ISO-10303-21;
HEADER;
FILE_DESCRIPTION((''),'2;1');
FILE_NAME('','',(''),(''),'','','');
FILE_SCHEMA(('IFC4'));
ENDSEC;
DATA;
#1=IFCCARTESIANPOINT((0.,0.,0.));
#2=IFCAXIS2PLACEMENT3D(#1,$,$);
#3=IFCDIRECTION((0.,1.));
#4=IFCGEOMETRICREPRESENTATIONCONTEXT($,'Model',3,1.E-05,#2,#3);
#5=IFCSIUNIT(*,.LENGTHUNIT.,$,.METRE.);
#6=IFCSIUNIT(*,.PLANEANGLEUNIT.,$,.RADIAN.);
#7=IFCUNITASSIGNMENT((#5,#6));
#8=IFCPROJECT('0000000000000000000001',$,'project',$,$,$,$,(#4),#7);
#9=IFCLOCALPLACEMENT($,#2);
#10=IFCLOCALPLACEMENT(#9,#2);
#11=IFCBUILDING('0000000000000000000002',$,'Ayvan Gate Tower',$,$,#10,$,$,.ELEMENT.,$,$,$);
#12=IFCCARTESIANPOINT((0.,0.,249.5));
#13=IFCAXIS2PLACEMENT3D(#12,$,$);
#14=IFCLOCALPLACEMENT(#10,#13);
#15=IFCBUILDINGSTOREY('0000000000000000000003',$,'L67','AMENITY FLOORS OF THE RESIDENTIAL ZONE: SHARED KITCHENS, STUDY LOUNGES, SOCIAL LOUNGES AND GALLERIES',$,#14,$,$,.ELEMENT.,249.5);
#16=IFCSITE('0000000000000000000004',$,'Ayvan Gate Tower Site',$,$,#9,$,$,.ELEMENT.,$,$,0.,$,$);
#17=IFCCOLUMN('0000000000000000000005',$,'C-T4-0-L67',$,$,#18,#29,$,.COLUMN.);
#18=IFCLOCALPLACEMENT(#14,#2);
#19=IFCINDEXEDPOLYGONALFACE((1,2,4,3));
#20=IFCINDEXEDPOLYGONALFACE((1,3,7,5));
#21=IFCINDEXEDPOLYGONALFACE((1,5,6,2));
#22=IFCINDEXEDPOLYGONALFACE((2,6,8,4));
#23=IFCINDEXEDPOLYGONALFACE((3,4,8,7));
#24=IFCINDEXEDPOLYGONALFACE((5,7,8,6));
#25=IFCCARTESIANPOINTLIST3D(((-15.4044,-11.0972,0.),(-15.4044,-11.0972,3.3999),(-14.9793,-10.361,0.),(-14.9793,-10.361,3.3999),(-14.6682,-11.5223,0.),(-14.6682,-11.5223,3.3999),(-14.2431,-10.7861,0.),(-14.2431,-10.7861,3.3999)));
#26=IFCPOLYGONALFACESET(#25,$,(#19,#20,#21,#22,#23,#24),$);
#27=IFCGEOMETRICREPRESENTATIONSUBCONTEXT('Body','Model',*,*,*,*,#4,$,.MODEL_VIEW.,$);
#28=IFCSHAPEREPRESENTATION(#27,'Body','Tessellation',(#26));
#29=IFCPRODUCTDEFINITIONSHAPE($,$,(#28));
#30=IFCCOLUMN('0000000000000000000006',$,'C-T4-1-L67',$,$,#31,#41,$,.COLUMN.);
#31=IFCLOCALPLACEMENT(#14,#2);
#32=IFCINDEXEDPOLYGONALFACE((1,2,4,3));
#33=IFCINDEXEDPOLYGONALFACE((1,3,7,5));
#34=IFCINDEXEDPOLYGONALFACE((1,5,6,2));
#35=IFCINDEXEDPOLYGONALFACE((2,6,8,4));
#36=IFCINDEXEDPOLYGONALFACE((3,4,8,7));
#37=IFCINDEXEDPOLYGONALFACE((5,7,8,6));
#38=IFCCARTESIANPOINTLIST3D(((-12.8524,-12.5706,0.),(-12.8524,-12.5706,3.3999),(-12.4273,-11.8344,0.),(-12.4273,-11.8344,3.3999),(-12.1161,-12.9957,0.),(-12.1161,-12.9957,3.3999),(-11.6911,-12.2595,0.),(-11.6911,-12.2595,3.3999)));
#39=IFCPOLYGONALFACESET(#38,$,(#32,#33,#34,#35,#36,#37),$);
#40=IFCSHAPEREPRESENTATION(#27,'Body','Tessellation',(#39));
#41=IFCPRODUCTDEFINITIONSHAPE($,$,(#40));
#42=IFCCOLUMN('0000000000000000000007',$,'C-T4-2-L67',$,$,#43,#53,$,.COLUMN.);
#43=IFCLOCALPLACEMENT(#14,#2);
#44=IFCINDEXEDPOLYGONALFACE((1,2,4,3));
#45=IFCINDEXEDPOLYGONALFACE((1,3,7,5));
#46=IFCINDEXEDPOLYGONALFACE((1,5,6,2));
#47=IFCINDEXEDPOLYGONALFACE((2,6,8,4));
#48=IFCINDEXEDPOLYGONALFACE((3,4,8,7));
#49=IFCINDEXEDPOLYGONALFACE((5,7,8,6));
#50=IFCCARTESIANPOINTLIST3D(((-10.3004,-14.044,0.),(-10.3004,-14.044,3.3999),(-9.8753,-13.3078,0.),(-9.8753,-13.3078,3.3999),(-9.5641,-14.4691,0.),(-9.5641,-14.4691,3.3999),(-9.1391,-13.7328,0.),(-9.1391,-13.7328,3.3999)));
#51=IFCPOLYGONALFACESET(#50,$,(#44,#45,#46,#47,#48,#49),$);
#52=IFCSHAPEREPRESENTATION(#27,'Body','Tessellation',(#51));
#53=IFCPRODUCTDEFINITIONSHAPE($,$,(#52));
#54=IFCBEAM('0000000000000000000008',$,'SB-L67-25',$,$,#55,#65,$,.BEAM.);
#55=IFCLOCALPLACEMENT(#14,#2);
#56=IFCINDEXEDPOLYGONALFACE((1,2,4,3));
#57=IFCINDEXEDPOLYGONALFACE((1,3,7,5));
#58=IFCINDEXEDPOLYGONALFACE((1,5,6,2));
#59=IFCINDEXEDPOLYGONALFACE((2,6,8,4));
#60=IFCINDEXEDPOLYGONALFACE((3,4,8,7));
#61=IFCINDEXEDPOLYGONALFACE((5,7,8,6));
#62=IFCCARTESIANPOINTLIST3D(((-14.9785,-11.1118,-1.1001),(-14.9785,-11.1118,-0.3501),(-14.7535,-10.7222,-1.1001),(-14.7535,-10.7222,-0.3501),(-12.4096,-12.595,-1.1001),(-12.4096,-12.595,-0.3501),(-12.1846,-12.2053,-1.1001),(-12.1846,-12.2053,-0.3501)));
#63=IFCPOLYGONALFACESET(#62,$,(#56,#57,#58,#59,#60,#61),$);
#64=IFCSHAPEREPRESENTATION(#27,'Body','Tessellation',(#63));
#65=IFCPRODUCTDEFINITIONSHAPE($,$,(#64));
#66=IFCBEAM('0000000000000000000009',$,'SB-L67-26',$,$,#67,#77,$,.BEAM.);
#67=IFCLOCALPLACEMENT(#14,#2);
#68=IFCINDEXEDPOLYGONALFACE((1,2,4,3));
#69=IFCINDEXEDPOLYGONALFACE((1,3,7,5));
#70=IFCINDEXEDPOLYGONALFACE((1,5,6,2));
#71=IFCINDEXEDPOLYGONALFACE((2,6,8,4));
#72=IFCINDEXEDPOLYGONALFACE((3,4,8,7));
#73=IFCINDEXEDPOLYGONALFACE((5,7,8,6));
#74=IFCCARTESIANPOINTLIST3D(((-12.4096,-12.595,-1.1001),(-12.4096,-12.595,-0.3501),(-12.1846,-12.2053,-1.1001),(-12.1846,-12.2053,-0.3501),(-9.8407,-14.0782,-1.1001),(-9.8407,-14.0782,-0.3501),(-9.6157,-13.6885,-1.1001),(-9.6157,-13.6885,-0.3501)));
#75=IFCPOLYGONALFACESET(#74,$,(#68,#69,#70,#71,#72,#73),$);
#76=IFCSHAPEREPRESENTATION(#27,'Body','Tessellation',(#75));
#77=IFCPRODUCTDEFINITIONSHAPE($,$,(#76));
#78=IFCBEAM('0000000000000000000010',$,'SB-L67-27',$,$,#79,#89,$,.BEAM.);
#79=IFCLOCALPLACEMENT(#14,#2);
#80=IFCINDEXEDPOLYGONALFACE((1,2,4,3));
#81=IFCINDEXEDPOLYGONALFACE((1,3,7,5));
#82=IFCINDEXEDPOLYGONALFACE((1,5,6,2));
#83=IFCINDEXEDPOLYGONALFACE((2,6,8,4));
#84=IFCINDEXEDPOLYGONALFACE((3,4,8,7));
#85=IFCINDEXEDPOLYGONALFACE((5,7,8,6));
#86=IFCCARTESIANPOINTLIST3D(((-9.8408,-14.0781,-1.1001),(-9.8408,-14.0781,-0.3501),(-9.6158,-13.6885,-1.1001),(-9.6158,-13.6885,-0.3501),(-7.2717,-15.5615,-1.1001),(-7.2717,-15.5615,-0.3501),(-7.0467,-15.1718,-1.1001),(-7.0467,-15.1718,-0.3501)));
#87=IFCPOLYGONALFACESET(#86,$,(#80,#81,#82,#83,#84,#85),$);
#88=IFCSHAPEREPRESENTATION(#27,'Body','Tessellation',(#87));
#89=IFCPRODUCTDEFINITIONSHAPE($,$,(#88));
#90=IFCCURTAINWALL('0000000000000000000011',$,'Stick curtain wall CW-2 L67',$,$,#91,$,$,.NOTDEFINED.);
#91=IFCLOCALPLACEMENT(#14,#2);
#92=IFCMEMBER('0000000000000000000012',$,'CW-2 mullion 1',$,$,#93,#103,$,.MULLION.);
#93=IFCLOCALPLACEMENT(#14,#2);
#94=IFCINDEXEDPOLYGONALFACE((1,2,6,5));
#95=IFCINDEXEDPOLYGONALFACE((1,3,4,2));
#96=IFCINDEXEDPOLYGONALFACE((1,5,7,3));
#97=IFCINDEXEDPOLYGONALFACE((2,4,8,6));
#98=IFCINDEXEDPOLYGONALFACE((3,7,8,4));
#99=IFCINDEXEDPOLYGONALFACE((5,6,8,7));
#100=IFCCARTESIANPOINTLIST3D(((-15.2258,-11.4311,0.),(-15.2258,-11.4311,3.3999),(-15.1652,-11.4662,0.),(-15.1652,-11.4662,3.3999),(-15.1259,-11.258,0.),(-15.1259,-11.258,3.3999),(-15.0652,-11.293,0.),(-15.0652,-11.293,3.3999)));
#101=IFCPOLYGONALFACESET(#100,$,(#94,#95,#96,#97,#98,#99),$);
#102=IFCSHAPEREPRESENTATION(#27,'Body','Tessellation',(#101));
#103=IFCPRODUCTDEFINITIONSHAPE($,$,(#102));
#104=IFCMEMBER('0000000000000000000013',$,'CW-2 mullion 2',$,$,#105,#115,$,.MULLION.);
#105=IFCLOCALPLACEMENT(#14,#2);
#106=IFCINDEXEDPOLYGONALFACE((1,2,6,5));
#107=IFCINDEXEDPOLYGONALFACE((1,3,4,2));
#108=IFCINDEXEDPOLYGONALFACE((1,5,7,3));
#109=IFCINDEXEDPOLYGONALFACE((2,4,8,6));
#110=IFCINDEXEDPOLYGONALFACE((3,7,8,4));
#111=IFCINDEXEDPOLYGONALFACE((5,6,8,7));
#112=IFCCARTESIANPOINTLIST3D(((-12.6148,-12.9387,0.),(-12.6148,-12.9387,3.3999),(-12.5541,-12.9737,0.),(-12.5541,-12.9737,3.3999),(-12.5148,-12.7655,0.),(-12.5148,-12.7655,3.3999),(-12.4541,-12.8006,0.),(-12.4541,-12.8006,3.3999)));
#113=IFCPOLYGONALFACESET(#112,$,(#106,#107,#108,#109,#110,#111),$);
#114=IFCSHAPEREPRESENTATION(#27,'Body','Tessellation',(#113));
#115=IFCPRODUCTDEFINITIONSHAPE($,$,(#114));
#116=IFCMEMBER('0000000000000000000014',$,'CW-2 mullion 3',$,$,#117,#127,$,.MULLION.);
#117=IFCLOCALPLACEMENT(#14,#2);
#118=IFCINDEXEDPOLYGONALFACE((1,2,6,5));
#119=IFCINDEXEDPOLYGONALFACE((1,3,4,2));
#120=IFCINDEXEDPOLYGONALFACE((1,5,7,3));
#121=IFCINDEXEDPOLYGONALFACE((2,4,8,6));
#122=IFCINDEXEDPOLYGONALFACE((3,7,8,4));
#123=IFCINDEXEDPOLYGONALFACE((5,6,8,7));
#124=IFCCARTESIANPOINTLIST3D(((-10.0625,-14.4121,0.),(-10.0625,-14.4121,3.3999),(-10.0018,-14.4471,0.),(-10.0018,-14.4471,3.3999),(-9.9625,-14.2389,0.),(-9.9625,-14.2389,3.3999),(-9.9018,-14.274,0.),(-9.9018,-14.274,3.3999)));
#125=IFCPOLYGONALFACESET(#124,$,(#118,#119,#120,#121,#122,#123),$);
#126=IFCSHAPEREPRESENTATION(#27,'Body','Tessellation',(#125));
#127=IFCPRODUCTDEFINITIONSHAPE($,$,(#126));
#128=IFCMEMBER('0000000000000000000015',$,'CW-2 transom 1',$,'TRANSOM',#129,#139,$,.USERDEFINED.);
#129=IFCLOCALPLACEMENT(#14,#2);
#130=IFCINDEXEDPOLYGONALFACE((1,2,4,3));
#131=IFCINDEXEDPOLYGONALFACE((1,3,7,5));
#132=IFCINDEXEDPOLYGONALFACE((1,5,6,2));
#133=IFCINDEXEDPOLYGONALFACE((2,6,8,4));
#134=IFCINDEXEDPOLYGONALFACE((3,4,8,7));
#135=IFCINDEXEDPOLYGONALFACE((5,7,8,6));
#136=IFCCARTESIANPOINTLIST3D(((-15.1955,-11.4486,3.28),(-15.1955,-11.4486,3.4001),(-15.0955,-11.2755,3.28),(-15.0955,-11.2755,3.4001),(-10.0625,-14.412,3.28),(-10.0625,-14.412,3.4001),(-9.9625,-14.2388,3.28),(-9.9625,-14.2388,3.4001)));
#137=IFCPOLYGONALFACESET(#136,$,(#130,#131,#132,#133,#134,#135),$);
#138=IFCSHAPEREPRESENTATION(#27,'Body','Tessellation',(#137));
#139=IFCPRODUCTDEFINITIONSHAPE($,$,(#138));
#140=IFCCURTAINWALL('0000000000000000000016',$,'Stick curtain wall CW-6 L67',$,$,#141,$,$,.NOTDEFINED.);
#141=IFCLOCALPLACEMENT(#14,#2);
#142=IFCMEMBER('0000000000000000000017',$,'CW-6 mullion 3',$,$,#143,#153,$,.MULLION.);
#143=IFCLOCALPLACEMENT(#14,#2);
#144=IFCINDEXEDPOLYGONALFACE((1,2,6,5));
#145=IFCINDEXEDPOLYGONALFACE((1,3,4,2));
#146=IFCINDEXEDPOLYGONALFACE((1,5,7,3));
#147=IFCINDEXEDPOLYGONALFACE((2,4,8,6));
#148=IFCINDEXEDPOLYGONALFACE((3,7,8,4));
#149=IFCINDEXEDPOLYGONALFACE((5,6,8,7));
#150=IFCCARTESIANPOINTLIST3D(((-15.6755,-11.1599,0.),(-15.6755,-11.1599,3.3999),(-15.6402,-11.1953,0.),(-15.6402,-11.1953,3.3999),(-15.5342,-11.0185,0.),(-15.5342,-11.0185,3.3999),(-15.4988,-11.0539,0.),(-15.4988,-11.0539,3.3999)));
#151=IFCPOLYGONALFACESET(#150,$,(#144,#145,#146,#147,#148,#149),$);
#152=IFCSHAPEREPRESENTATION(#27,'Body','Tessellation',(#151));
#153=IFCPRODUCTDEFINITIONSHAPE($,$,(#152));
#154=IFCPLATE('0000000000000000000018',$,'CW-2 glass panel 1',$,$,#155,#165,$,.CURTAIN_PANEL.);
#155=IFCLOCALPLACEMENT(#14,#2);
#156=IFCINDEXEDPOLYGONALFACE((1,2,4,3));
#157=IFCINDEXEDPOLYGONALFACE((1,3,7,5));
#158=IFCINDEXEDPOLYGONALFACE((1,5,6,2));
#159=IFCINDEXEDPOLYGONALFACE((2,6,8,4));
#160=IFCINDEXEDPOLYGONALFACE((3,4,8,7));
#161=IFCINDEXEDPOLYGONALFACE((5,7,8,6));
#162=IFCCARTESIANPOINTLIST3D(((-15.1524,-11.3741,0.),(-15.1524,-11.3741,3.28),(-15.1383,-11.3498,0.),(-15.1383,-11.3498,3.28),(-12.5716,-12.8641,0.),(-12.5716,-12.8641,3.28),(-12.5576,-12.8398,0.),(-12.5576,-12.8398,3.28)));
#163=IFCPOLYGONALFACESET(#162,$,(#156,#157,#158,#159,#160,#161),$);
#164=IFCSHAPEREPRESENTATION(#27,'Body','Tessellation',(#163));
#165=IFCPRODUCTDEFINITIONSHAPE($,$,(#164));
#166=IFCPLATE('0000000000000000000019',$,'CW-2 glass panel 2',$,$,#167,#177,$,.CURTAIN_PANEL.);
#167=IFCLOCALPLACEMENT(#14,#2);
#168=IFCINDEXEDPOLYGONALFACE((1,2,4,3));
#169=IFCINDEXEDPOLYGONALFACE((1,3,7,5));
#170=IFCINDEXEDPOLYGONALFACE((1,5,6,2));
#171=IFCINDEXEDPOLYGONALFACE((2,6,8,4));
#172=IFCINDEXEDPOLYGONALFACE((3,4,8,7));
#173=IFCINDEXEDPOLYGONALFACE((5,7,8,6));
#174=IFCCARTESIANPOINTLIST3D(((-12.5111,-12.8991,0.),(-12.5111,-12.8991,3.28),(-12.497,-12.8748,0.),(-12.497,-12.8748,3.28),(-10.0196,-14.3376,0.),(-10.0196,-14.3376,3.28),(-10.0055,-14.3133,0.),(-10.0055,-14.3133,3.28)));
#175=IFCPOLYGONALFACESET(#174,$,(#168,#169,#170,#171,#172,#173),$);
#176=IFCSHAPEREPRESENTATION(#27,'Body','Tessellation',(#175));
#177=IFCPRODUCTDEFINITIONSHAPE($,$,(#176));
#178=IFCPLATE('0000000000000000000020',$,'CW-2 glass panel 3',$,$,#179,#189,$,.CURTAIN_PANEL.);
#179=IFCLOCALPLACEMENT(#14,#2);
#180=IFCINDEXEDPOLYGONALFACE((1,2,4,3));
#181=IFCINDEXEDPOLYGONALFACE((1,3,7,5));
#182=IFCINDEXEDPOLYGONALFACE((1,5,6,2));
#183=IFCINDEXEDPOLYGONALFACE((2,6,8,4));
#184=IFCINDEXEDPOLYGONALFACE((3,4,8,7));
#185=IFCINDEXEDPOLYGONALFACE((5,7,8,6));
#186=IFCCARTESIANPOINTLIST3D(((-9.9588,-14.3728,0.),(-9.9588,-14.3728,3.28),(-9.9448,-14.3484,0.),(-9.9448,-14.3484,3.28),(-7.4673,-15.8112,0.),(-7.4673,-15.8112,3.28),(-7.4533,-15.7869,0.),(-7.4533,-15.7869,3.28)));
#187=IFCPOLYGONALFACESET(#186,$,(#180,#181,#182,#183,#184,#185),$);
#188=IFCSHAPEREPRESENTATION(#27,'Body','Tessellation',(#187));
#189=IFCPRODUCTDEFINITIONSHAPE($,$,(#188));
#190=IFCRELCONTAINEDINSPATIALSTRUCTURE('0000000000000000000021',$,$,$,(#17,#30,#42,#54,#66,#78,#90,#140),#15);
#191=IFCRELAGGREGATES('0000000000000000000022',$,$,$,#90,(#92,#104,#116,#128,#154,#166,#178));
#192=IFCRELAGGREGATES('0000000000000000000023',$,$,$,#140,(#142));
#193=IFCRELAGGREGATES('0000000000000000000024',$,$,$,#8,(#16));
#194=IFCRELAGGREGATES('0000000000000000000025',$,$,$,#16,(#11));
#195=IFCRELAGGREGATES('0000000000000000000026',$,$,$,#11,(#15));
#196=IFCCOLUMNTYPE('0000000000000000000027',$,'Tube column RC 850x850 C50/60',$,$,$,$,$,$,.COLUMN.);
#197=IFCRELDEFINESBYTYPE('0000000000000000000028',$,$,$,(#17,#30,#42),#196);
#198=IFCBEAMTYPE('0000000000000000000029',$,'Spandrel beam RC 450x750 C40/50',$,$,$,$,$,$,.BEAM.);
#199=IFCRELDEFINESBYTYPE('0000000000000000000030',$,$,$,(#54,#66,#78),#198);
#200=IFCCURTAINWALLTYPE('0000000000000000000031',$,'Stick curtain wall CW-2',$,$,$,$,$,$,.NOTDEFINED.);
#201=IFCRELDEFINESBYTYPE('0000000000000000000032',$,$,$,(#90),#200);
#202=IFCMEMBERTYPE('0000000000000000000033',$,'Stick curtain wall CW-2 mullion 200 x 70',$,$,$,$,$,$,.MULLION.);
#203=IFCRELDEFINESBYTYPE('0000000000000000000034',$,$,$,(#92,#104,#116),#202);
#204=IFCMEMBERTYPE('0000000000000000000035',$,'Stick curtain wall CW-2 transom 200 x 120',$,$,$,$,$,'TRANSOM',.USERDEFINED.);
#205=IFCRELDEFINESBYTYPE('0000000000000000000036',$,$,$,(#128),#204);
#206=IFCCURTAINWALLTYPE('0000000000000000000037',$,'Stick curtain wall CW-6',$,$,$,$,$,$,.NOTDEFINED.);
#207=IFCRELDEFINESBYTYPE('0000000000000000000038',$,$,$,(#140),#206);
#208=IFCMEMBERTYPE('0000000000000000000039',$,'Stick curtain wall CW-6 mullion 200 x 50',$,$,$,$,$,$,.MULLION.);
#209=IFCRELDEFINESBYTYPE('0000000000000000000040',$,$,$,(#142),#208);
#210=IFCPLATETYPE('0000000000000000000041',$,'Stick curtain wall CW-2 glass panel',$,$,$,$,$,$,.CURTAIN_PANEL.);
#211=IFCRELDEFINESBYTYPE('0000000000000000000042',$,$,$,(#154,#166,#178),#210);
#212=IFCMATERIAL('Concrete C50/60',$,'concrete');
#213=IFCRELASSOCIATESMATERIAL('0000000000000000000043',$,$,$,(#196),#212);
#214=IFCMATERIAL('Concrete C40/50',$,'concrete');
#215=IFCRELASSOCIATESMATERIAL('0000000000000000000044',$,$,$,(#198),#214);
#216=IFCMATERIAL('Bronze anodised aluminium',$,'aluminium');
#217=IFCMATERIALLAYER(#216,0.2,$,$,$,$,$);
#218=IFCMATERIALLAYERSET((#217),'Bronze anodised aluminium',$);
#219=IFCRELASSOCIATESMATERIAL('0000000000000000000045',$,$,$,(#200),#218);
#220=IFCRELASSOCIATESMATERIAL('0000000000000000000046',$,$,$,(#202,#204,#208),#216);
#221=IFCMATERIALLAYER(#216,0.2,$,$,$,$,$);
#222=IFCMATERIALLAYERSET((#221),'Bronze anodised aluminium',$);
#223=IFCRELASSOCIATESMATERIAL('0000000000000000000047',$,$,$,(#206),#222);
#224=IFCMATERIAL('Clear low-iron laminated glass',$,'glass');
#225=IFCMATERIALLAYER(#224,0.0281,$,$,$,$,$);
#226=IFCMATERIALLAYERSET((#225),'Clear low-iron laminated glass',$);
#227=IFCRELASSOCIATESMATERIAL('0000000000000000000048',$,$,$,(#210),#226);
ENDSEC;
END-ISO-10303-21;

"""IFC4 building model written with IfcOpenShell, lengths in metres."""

from ifc_helpers import new_model, si_unit, direction, frame, origin, origin_2d, place, context, subcontext, project, spatial, rectangle, extrude, material, layer, layer_set, material_profile, profile_set, type_object, element, aggregate, save


model = new_model("IFC4")

# Units and contexts
model_context = context("Model", 3, precision=1e-05, world=origin(), true_north=direction((0.0, 1.0)))
body_context = subcontext(model_context, "Body", "Model", "MODEL_VIEW")
ifc_project = project(units=[si_unit("LENGTHUNIT", "METRE"), si_unit("PLANEANGLEUNIT", "RADIAN")], contexts=[model_context])

# Site, building, storey
site_placement = place(None, origin())
site = spatial("IfcSite", under=ifc_project, at=site_placement, Name="Ayvan Gate Tower Site", CompositionType="ELEMENT", RefElevation=0.0)
building_placement = place(site_placement, origin())
building = spatial("IfcBuilding", under=site, at=building_placement, Name="Ayvan Gate Tower", CompositionType="ELEMENT")
storey_placement = place(building_placement, frame((0.0, 0.0, 249.5)))
storey = spatial("IfcBuildingStorey", under=building, at=storey_placement, Name="L67", Description="AMENITY FLOORS OF THE RESIDENTIAL ZONE: SHARED KITCHENS, STUDY LOUNGES, SOCIAL LOUNGES AND GALLERIES", CompositionType="ELEMENT", Elevation=249.5)

# Columns
ifc_material_1 = material(Name="Concrete C50/60", Category="concrete")
ifc_material_profile_1 = material_profile(ifc_material_1, rectangle(XDim=0.8501, YDim=0.8501, at=origin_2d()), Name="RC 850x850")
ifc_profile_set_1 = profile_set([ifc_material_profile_1], Name="Concrete C50/60")
column_type = type_object("IfcColumnType", Name="Tube column RC 850x850 C50/60", PredefinedType="COLUMN", material=ifc_profile_set_1)
for number, where, z_axis, x_axis, name in (
    (1, (-14.8237, -10.9417, 0.0), (0.0, 0.0, 1.0), (-0.5, -0.866025, 0.0), "C-T4-0-L67"),
    (2, (-12.2717, -12.415, 0.0), (0.0, 0.0, 1.0), (-0.5, -0.866025, 0.0), "C-T4-1-L67"),
    (3, (-9.7197, -13.8884, 0.0), (0.0, 0.0, 1.0), (-0.5, -0.866025, 0.0), "C-T4-2-L67"),
):
    element("IfcColumn", number, at=place(storey_placement, frame(where, z_axis=z_axis, x_axis=x_axis)), inside=storey, type_object=column_type, Name=name, PredefinedType="COLUMN", context=body_context, shape_type="SweptSolid", body=[
        extrude(rectangle(XDim=0.8501, YDim=0.8501, at=origin_2d()), origin(), (0.0, 0.0, 1.0), 3.3999),
    ])

# Beams
ifc_material_2 = material(Name="Concrete C40/50", Category="concrete")
ifc_material_profile_2 = material_profile(ifc_material_2, rectangle(XDim=0.45, YDim=0.75, at=origin_2d()), Name="RC 450x750")
ifc_profile_set_2 = profile_set([ifc_material_profile_2], Name="Concrete C40/50")
beam_type = type_object("IfcBeamType", Name="Spandrel beam RC 450x750 C40/50", PredefinedType="BEAM", material=ifc_profile_set_2)
for number, where, z_axis, x_axis, name in (
    (4, (-14.866, -10.917, -0.7251), (0.866021, -0.500007, 0.0), (0.500007, 0.866021, 0.0), "SB-L67-25"),
    (5, (-12.2971, -12.4001, -0.7251), (0.866021, -0.500007, 0.0), (0.500007, 0.866021, 0.0), "SB-L67-26"),
):
    element("IfcBeam", number, at=place(storey_placement, frame(where, z_axis=z_axis, x_axis=x_axis)), inside=storey, type_object=beam_type, Name=name, PredefinedType="BEAM", context=body_context, shape_type="SweptSolid", body=[
        extrude(rectangle(XDim=0.45, YDim=0.75, at=origin_2d()), origin(), (0.0, 0.0, 1.0), 2.9663),
    ])
beam_placement = place(storey_placement, frame((-9.7283, -13.8833, -0.7251), z_axis=(0.866006, -0.500034, 0.0), x_axis=(0.500034, 0.866006, 0.0)))
element("IfcBeam", 6, at=beam_placement, inside=storey, type_object=beam_type, Name="SB-L67-27", PredefinedType="BEAM", context=body_context, shape_type="SweptSolid", body=[
    extrude(rectangle(XDim=0.45, YDim=0.75, at=origin_2d()), origin(), (0.0, 0.0, 1.0), 2.9666),
])

# Curtain wall, members
ifc_material_3 = material(Name="Bronze anodised aluminium", Category="aluminium")
ifc_layer_1 = layer(ifc_material_3, 0.2)
ifc_layer_set_1 = layer_set([ifc_layer_1], Name="Bronze anodised aluminium")
curtain_wall_type_1 = type_object("IfcCurtainWallType", Name="Stick curtain wall CW-2", PredefinedType="NOTDEFINED", material=ifc_layer_set_1)
curtain_wall_1_placement = place(storey_placement, origin())
curtain_wall_1 = element("IfcCurtainWall", 7, at=curtain_wall_1_placement, inside=storey, type_object=curtain_wall_type_1, Name="Stick curtain wall CW-2 L67", PredefinedType="NOTDEFINED")
ifc_material_profile_3 = material_profile(ifc_material_3, rectangle(XDim=0.2, YDim=0.0701, at=origin_2d()), Name="Stick curtain wall CW-2 mullion 200 x 70")
ifc_profile_set_3 = profile_set([ifc_material_profile_3], Name="Bronze anodised aluminium")
member_type_1 = type_object("IfcMemberType", Name="Stick curtain wall CW-2 mullion 200 x 70", PredefinedType="MULLION", material=ifc_profile_set_3)
member_1_placement = place(storey_placement, frame((-15.1455, -11.3621, 0.0), z_axis=(0.0, 0.0, 1.0), x_axis=(-0.5, -0.866025, 0.0)))
member_1 = element("IfcMember", 8, at=member_1_placement, type_object=member_type_1, Name="CW-2 mullion 1", PredefinedType="MULLION", context=body_context, shape_type="SweptSolid", body=[
    extrude(rectangle(XDim=0.2, YDim=0.0701, at=origin_2d()), origin(), (0.0, 0.0, 1.0), 3.3999),
])
member_2_placement = place(storey_placement, frame((-12.5344, -12.8696, 0.0), z_axis=(0.0, 0.0, 1.0), x_axis=(-0.5, -0.866025, 0.0)))
member_2 = element("IfcMember", 9, at=member_2_placement, type_object=member_type_1, Name="CW-2 mullion 2", PredefinedType="MULLION", context=body_context, shape_type="SweptSolid", body=[
    extrude(rectangle(XDim=0.2, YDim=0.0701, at=origin_2d()), origin(), (0.0, 0.0, 1.0), 3.3999),
])
member_3_placement = place(storey_placement, frame((-9.9822, -14.343, 0.0), z_axis=(0.0, 0.0, 1.0), x_axis=(-0.5, -0.866025, 0.0)))
member_3 = element("IfcMember", 10, at=member_3_placement, type_object=member_type_1, Name="CW-2 mullion 3", PredefinedType="MULLION", context=body_context, shape_type="SweptSolid", body=[
    extrude(rectangle(XDim=0.2, YDim=0.0701, at=origin_2d()), origin(), (0.0, 0.0, 1.0), 3.3999),
])
ifc_material_profile_4 = material_profile(ifc_material_3, rectangle(XDim=0.2, YDim=0.1201, at=origin_2d()), Name="Stick curtain wall CW-2 transom 200 x 120")
ifc_profile_set_4 = profile_set([ifc_material_profile_4], Name="Bronze anodised aluminium")
member_type_2 = type_object("IfcMemberType", Name="Stick curtain wall CW-2 transom 200 x 120", ElementType="TRANSOM", PredefinedType="USERDEFINED", material=ifc_profile_set_4)
member_4_placement = place(storey_placement, frame((-15.1455, -11.3621, 3.3401), z_axis=(0.866039, -0.499976, 0.0), x_axis=(0.499976, 0.866039, 0.0)))
member_4 = element("IfcMember", 11, at=member_4_placement, type_object=member_type_2, Name="CW-2 transom 1", ObjectType="TRANSOM", PredefinedType="USERDEFINED", context=body_context, shape_type="SweptSolid", body=[
    extrude(rectangle(XDim=0.2, YDim=0.1201, at=origin_2d()), origin(), (0.0, 0.0, 1.0), 5.927),
])

# Curtain wall, member
ifc_layer_2 = layer(ifc_material_3, 0.2)
ifc_layer_set_2 = layer_set([ifc_layer_2], Name="Bronze anodised aluminium")
curtain_wall_type_2 = type_object("IfcCurtainWallType", Name="Stick curtain wall CW-6", PredefinedType="NOTDEFINED", material=ifc_layer_set_2)
curtain_wall_2_placement = place(storey_placement, origin())
curtain_wall_2 = element("IfcCurtainWall", 12, at=curtain_wall_2_placement, inside=storey, type_object=curtain_wall_type_2, Name="Stick curtain wall CW-6 L67", PredefinedType="NOTDEFINED")
ifc_material_profile_5 = material_profile(ifc_material_3, rectangle(XDim=0.2, YDim=0.05, at=origin_2d()), Name="Stick curtain wall CW-6 mullion 200 x 50")
ifc_profile_set_5 = profile_set([ifc_material_profile_5], Name="Bronze anodised aluminium")
member_type_3 = type_object("IfcMemberType", Name="Stick curtain wall CW-6 mullion 200 x 50", PredefinedType="MULLION", material=ifc_profile_set_5)
member_5_placement = place(storey_placement, frame((-15.5872, -11.1069, 0.0), z_axis=(0.0, 0.0, 1.0), x_axis=(-0.707107, -0.707107, 0.0)))
member_5 = element("IfcMember", 13, at=member_5_placement, type_object=member_type_3, Name="CW-6 mullion 3", PredefinedType="MULLION", context=body_context, shape_type="SweptSolid", body=[
    extrude(rectangle(XDim=0.2, YDim=0.05, at=origin_2d()), origin(), (0.0, 0.0, 1.0), 3.3999),
])

# Plates
ifc_material_4 = material(Name="Clear low-iron laminated glass", Category="glass")
ifc_layer_3 = layer(ifc_material_4, 0.0281)
ifc_layer_set_3 = layer_set([ifc_layer_3], Name="Clear low-iron laminated glass")
plate_type_1 = type_object("IfcPlateType", Name="Stick curtain wall CW-2 glass panel", PredefinedType="CURTAIN_PANEL", material=ifc_layer_set_3)
plate_1_placement = place(storey_placement, frame((-13.855, -12.1069, 0.0), z_axis=(0.0, 0.0, 1.0), x_axis=(0.866025, -0.5, 0.0)))
plate_1 = element("IfcPlate", 14, at=plate_1_placement, type_object=plate_type_1, Name="CW-2 glass panel 1", PredefinedType="CURTAIN_PANEL", context=body_context, shape_type="SweptSolid", body=[
    extrude(rectangle(XDim=2.98, YDim=0.0281, at=origin_2d()), origin(), (0.0, 0.0, 1.0), 3.28),
])
plate_2_placement = place(storey_placement, frame((-11.2583, -13.6062, 0.0), z_axis=(0.0, 0.0, 1.0), x_axis=(0.866025, -0.5, 0.0)))
plate_2 = element("IfcPlate", 15, at=plate_2_placement, type_object=plate_type_1, Name="CW-2 glass panel 2", PredefinedType="CURTAIN_PANEL", context=body_context, shape_type="SweptSolid", body=[
    extrude(rectangle(XDim=2.877, YDim=0.0281, at=origin_2d()), origin(), (0.0, 0.0, 1.0), 3.28),
])
plate_3_placement = place(storey_placement, frame((-8.7061, -15.0798, 0.0), z_axis=(0.0, 0.0, 1.0), x_axis=(0.866025, -0.5, 0.0)))
plate_3 = element("IfcPlate", 16, at=plate_3_placement, type_object=plate_type_1, Name="CW-2 glass panel 3", PredefinedType="CURTAIN_PANEL", context=body_context, shape_type="SweptSolid", body=[
    extrude(rectangle(XDim=2.877, YDim=0.0281, at=origin_2d()), origin(), (0.0, 0.0, 1.0), 3.28),
])
aggregate(curtain_wall_1, [member_1, member_2, member_3, member_4, plate_1, plate_2, plate_3])
aggregate(curtain_wall_2, [member_5])

save(model, "model.ifc")
